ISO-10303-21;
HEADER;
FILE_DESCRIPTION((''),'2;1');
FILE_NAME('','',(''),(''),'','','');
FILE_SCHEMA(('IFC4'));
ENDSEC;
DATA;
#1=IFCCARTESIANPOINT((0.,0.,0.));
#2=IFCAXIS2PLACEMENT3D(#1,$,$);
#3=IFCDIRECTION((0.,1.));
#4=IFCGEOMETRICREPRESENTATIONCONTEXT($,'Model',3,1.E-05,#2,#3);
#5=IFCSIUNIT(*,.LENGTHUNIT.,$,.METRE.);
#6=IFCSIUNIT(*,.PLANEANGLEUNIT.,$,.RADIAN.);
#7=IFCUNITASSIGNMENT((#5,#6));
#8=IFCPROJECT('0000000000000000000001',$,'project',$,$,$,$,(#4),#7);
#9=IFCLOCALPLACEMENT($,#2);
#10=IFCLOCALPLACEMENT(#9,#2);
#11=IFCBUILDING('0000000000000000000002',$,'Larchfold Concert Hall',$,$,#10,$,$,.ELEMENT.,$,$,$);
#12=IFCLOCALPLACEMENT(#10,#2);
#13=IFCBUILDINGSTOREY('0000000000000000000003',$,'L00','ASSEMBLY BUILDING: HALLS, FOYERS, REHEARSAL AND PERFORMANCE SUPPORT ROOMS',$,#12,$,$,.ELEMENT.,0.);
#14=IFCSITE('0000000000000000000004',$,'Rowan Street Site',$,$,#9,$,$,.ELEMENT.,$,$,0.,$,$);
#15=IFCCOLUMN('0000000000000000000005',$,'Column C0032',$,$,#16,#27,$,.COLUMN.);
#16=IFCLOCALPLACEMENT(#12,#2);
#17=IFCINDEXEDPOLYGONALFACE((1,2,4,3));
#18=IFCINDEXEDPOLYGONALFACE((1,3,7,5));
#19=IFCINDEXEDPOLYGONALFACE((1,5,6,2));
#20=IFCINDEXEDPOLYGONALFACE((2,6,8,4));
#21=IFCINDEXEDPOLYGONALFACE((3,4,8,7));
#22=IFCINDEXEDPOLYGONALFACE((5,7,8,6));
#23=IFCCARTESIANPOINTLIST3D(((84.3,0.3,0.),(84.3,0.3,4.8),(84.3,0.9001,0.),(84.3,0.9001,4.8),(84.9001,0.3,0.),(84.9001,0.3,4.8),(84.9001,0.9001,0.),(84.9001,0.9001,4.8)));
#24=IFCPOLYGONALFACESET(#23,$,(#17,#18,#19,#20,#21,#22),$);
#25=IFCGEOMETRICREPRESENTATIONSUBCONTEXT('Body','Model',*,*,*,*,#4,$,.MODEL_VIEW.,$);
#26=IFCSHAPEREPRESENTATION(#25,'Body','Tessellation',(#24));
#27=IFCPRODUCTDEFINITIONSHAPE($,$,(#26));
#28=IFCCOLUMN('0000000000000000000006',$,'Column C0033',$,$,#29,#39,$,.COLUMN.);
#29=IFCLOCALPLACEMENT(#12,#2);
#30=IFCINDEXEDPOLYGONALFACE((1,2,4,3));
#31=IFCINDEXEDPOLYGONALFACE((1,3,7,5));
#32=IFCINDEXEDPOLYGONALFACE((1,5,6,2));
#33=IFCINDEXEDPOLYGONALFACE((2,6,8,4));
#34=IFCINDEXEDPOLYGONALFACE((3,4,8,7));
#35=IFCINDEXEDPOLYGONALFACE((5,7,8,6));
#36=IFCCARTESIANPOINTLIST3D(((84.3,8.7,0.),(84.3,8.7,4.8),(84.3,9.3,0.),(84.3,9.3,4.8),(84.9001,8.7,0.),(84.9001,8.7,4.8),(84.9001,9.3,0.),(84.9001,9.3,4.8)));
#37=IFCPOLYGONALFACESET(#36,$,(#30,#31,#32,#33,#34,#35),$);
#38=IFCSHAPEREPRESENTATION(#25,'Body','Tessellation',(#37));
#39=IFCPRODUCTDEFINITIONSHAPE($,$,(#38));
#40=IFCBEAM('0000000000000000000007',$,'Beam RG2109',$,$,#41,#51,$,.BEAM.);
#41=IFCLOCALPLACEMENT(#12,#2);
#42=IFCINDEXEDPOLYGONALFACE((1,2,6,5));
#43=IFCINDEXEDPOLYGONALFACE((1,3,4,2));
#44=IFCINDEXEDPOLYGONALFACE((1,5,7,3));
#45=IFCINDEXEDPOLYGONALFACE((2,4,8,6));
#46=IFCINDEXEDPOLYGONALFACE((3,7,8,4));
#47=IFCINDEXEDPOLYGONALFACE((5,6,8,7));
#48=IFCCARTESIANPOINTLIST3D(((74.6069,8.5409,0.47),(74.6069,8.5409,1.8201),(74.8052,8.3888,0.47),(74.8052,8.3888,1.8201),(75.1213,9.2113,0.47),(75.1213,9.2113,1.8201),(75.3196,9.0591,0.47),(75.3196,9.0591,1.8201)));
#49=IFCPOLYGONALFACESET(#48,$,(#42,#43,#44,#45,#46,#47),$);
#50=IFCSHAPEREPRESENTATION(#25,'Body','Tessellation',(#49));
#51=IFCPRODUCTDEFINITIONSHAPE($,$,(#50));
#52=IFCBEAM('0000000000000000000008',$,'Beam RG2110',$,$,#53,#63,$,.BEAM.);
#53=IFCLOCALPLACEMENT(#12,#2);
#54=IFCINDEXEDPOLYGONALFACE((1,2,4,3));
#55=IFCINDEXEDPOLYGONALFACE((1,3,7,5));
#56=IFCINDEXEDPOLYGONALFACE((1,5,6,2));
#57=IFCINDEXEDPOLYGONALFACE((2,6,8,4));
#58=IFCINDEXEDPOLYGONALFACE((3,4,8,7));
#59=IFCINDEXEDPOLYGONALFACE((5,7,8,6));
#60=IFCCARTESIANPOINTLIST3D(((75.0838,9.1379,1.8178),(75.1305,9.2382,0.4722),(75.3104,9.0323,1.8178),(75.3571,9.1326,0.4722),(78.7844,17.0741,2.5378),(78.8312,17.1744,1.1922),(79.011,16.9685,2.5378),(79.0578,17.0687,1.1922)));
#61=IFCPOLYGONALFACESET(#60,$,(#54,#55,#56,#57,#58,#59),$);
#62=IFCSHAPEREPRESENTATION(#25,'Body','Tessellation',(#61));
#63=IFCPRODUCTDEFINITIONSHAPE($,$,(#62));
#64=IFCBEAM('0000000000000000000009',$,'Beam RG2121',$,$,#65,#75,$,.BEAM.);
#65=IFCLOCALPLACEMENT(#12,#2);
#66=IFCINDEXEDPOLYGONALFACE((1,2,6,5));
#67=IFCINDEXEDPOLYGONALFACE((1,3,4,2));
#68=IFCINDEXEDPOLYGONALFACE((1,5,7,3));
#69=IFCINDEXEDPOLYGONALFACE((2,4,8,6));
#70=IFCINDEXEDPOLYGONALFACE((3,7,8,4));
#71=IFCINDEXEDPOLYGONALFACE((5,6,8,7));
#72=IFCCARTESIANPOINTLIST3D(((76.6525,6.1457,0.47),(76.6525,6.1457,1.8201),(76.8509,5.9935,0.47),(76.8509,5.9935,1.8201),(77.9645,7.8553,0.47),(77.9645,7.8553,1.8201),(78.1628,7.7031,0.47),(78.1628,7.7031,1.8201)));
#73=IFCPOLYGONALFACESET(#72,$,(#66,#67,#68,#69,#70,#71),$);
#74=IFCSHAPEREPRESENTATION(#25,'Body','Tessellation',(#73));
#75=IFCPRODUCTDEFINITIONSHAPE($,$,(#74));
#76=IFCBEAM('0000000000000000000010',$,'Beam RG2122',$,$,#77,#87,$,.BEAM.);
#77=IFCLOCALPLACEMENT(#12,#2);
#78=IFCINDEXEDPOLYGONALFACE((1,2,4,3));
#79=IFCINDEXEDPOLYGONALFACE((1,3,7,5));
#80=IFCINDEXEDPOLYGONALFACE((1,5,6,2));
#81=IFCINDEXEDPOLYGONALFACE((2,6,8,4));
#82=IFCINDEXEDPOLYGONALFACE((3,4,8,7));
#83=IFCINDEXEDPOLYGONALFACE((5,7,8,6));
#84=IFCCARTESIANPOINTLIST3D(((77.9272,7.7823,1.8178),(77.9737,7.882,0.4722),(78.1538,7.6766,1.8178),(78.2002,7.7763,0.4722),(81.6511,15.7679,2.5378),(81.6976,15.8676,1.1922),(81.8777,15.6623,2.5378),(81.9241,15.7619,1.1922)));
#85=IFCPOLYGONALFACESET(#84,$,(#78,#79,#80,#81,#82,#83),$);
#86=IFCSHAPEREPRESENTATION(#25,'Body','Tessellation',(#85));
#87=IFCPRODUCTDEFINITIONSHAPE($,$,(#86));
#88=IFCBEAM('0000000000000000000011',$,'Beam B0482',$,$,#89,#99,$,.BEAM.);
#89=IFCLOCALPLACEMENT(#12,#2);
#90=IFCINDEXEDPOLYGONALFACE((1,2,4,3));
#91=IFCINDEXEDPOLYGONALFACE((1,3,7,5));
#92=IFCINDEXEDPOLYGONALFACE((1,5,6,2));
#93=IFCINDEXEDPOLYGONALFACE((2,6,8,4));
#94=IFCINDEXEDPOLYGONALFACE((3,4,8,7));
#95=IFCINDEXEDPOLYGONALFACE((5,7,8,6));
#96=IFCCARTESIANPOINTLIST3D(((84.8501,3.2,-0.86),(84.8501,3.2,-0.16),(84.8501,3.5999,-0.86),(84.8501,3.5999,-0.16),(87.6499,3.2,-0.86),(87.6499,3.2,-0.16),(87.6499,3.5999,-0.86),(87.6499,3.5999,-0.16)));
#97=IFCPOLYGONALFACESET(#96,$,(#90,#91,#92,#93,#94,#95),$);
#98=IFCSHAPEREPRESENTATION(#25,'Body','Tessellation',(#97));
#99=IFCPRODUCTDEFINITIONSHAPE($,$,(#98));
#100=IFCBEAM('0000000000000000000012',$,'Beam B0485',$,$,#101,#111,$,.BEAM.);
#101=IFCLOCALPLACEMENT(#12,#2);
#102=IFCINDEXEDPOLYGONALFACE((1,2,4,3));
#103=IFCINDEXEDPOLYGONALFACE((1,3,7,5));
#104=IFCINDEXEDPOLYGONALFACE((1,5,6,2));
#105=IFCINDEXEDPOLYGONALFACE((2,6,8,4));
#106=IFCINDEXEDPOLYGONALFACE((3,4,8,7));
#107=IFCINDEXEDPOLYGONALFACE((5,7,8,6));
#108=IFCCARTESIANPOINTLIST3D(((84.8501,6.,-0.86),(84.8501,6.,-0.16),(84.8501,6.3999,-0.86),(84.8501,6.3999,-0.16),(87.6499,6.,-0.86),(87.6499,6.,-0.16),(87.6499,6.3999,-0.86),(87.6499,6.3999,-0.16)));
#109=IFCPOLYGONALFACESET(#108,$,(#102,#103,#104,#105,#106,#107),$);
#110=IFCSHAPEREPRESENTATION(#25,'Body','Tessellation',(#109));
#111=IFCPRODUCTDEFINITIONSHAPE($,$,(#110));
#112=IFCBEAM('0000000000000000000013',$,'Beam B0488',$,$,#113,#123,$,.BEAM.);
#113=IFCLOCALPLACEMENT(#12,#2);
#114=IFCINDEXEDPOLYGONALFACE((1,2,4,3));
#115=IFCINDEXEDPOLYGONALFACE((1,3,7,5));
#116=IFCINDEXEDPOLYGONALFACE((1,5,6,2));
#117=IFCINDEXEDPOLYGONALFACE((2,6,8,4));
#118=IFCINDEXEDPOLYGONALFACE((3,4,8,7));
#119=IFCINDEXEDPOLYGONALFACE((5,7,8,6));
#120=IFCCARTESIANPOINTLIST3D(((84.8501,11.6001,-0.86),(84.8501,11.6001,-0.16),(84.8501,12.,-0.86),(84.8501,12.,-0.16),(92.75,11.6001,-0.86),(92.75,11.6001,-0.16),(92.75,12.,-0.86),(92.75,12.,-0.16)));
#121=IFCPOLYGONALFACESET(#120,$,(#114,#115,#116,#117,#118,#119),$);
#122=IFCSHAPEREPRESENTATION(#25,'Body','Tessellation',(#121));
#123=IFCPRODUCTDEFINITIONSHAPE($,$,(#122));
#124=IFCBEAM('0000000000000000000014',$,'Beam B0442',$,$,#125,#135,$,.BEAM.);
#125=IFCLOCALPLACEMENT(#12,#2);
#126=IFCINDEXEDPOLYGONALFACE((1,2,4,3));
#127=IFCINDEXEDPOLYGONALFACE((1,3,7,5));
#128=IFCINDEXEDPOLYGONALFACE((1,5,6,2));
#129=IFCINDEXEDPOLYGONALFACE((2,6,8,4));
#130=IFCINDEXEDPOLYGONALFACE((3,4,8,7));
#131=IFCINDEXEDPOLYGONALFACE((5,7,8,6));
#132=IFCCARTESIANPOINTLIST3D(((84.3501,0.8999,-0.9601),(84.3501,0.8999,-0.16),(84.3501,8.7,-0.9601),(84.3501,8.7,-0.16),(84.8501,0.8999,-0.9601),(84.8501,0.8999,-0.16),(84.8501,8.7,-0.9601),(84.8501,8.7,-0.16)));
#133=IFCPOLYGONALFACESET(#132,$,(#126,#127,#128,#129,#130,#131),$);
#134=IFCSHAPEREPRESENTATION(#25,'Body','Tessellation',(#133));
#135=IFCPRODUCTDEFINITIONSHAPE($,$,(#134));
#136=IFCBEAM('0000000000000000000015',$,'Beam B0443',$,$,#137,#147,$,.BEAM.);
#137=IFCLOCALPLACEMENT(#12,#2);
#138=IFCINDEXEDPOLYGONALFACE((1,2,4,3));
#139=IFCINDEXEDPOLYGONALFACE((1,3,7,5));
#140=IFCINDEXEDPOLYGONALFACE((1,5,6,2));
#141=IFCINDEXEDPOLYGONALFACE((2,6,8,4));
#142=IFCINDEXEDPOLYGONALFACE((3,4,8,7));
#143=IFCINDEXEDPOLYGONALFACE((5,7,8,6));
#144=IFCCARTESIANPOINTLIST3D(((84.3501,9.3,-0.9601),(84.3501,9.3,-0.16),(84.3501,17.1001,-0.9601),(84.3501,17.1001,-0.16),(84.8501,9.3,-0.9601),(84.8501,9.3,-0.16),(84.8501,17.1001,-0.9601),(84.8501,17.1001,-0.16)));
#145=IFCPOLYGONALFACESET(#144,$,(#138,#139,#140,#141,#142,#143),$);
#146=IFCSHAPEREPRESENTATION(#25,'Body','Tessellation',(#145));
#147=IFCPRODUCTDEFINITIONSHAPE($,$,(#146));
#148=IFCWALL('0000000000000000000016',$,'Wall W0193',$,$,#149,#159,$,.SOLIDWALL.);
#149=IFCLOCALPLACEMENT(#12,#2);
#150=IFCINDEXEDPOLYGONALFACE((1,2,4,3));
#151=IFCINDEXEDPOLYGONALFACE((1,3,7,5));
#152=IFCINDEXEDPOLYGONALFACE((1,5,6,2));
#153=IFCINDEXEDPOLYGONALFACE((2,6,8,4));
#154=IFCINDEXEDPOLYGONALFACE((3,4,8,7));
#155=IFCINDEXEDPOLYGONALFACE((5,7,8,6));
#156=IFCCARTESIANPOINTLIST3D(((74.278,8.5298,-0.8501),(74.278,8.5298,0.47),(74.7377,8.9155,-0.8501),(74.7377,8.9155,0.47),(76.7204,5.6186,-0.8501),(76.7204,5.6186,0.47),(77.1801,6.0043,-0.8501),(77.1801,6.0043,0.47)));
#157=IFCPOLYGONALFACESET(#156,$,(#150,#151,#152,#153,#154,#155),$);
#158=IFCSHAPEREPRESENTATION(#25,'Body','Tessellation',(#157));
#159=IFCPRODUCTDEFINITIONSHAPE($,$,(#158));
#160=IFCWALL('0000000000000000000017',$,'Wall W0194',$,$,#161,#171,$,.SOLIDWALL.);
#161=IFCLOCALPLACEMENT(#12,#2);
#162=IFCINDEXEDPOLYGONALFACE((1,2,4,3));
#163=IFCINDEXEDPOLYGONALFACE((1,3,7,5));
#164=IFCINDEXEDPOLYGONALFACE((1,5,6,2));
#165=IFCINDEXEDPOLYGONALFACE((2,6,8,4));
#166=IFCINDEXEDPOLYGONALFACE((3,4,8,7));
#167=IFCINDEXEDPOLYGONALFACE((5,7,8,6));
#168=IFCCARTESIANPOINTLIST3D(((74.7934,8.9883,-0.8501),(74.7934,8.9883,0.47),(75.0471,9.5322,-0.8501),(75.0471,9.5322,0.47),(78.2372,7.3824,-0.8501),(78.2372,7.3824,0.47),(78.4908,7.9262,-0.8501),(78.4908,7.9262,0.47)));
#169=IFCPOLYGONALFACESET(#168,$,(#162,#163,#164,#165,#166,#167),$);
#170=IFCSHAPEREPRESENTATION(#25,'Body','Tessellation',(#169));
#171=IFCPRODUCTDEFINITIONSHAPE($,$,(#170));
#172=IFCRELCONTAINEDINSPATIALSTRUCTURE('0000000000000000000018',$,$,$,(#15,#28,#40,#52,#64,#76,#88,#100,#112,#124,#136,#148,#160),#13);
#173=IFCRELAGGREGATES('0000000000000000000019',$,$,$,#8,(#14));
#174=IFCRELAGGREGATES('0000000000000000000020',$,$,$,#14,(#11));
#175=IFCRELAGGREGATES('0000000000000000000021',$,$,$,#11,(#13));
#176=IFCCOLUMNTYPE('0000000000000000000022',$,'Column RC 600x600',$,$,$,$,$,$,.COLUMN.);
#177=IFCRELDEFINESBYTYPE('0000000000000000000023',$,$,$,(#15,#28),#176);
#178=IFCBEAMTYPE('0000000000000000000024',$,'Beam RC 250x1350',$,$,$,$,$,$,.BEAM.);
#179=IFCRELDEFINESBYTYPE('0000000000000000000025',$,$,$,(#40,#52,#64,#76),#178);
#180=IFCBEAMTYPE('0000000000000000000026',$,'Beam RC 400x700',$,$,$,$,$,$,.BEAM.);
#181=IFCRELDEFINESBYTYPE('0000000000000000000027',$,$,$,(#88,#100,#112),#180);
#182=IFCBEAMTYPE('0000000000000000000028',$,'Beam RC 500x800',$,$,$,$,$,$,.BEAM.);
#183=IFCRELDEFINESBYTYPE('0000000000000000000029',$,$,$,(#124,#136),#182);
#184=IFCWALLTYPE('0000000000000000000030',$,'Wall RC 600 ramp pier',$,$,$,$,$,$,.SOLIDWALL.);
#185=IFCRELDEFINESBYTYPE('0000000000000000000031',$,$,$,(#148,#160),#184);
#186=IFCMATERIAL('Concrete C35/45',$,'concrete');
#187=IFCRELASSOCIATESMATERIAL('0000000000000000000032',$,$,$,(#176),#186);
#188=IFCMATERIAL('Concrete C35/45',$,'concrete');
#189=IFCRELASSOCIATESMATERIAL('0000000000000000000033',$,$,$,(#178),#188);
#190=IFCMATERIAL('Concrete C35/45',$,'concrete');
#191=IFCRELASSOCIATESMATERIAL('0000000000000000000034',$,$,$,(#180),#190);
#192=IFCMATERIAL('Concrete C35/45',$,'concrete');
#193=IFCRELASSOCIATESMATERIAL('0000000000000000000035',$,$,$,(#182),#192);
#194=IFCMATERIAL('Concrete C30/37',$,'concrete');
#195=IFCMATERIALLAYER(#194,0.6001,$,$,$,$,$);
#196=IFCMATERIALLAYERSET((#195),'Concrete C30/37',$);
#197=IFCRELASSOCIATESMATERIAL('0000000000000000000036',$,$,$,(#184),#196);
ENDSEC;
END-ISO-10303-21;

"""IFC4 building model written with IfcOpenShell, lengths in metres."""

from ifc_helpers import new_model, si_unit, direction, frame, frame_2d, origin, origin_2d, place, context, subcontext, project, spatial, rectangle, extrude, material, layer, layer_set, material_profile, profile_set, type_object, element, save


model = new_model("IFC4")

# Units and contexts
model_context = context("Model", 3, precision=1e-05, world=origin(), true_north=direction((0.0, 1.0)))
body_context = subcontext(model_context, "Body", "Model", "MODEL_VIEW")
ifc_project = project(units=[si_unit("LENGTHUNIT", "METRE"), si_unit("PLANEANGLEUNIT", "RADIAN")], contexts=[model_context])

# Site, building, storey
site_placement = place(None, origin())
site = spatial("IfcSite", under=ifc_project, at=site_placement, Name="Rowan Street Site", CompositionType="ELEMENT", RefElevation=0.0)
building_placement = place(site_placement, origin())
building = spatial("IfcBuilding", under=site, at=building_placement, Name="Larchfold Concert Hall", CompositionType="ELEMENT")
storey_placement = place(building_placement, origin())
storey = spatial("IfcBuildingStorey", under=building, at=storey_placement, Name="L00", Description="ASSEMBLY BUILDING: HALLS, FOYERS, REHEARSAL AND PERFORMANCE SUPPORT ROOMS", CompositionType="ELEMENT", Elevation=0.0)

# Columns
ifc_material_1 = material(Name="Concrete C35/45", Category="concrete")
ifc_material_profile_1 = material_profile(ifc_material_1, rectangle(XDim=0.6001, YDim=0.6001, at=origin_2d()))
ifc_profile_set_1 = profile_set([ifc_material_profile_1], Name="Concrete C35/45")
column_type = type_object("IfcColumnType", Name="Column RC 600x600", PredefinedType="COLUMN", material=ifc_profile_set_1)
for number, where, z_axis, x_axis, name in (
    (1, (84.6001, 0.6001, 0.0), (0.0, 0.0, 1.0), (1.0, 0.0, 0.0), "Column C0032"),
    (2, (84.6001, 9.0, 0.0), (0.0, 0.0, 1.0), (1.0, 0.0, 0.0), "Column C0033"),
):
    element("IfcColumn", number, at=place(storey_placement, frame(where, z_axis=z_axis, x_axis=x_axis)), inside=storey, type_object=column_type, Name=name, PredefinedType="COLUMN", context=body_context, shape_type="SweptSolid", body=[
        extrude(rectangle(XDim=0.6001, YDim=0.6001, at=origin_2d()), origin(), (0.0, 0.0, 1.0), 4.8),
    ])

# Beams
ifc_material_2 = material(Name="Concrete C35/45", Category="concrete")
ifc_material_profile_2 = material_profile(ifc_material_2, rectangle(XDim=0.25, YDim=1.3501, at=origin_2d()))
ifc_profile_set_2 = profile_set([ifc_material_profile_2], Name="Concrete C35/45")
beam_type_1 = type_object("IfcBeamType", Name="Beam RC 250x1350", PredefinedType="BEAM", material=ifc_profile_set_2)
beam_1_placement = place(storey_placement, frame((74.7061, 8.4648, 1.145), z_axis=(0.608747, 0.793364, 0.0), x_axis=(-0.793364, 0.608747, 0.0)))
element("IfcBeam", 3, at=beam_1_placement, inside=storey, type_object=beam_type_1, Name="Beam RG2109", PredefinedType="BEAM", context=body_context, shape_type="SweptSolid", body=[
    extrude(rectangle(XDim=0.25, YDim=1.3501, at=origin_2d()), origin(), (0.0, 0.0, 1.0), 0.845),
])
beam_2_placement = place(storey_placement, frame((75.2205, 9.1353, 1.145), z_axis=(0.421191, 0.903263, 0.081943), x_axis=(-0.906311, 0.422612, 0.0)))
element("IfcBeam", 4, at=beam_2_placement, inside=storey, type_object=beam_type_1, Name="Beam RG2110", PredefinedType="BEAM", context=body_context, shape_type="SweptSolid", body=[
    extrude(rectangle(XDim=0.25, YDim=1.3501, at=origin_2d()), origin(), (0.0, 0.0, 1.0), 8.7861),
])
beam_3_placement = place(storey_placement, frame((76.7517, 6.0696, 1.145), z_axis=(0.608791, 0.793331, 0.0), x_axis=(-0.793331, 0.608791, 0.0)))
element("IfcBeam", 5, at=beam_3_placement, inside=storey, type_object=beam_type_1, Name="Beam RG2121", PredefinedType="BEAM", context=body_context, shape_type="SweptSolid", body=[
    extrude(rectangle(XDim=0.25, YDim=1.3501, at=origin_2d()), origin(), (0.0, 0.0, 1.0), 2.155),
])
beam_4_placement = place(storey_placement, frame((78.0637, 7.7793, 1.145), z_axis=(0.421227, 0.903292, 0.08144), x_axis=(-0.906302, 0.422631, 0.0)))
element("IfcBeam", 6, at=beam_4_placement, inside=storey, type_object=beam_type_1, Name="Beam RG2122", PredefinedType="BEAM", context=body_context, shape_type="SweptSolid", body=[
    extrude(rectangle(XDim=0.25, YDim=1.3501, at=origin_2d()), origin(), (0.0, 0.0, 1.0), 8.8406),
])
ifc_material_3 = material(Name="Concrete C35/45", Category="concrete")
ifc_material_profile_3 = material_profile(ifc_material_3, rectangle(XDim=0.3999, YDim=0.7, at=origin_2d()))
ifc_profile_set_3 = profile_set([ifc_material_profile_3], Name="Concrete C35/45")
beam_type_2 = type_object("IfcBeamType", Name="Beam RC 400x700", PredefinedType="BEAM", material=ifc_profile_set_3)
for number, where, z_axis, x_axis, name in (
    (7, (84.8501, 3.3999, -0.51), (1.0, 0.0, 0.0), (0.0, 1.0, 0.0), "Beam B0482"),
    (8, (84.8501, 6.2, -0.51), (1.0, 0.0, 0.0), (0.0, 1.0, 0.0), "Beam B0485"),
):
    element("IfcBeam", number, at=place(storey_placement, frame(where, z_axis=z_axis, x_axis=x_axis)), inside=storey, type_object=beam_type_2, Name=name, PredefinedType="BEAM", context=body_context, shape_type="SweptSolid", body=[
        extrude(rectangle(XDim=0.3999, YDim=0.7, at=origin_2d()), origin(), (0.0, 0.0, 1.0), 2.7998),
    ])
beam_5_placement = place(storey_placement, frame((84.8501, 11.8, -0.51), z_axis=(1.0, 0.0, 0.0), x_axis=(0.0, 1.0, 0.0)))
element("IfcBeam", 9, at=beam_5_placement, inside=storey, type_object=beam_type_2, Name="Beam B0488", PredefinedType="BEAM", context=body_context, shape_type="SweptSolid", body=[
    extrude(rectangle(XDim=0.3999, YDim=0.7, at=origin_2d()), origin(), (0.0, 0.0, 1.0), 7.8999),
])
ifc_material_4 = material(Name="Concrete C35/45", Category="concrete")
ifc_material_profile_4 = material_profile(ifc_material_4, rectangle(XDim=0.5, YDim=0.8, at=origin_2d()))
ifc_profile_set_4 = profile_set([ifc_material_profile_4], Name="Concrete C35/45")
beam_type_3 = type_object("IfcBeamType", Name="Beam RC 500x800", PredefinedType="BEAM", material=ifc_profile_set_4)
for number, where, z_axis, x_axis, name in (
    (10, (84.6001, 0.8999, -0.5601), (0.0, 1.0, 0.0), (-1.0, 0.0, 0.0), "Beam B0442"),
    (11, (84.6001, 9.3, -0.5601), (0.0, 1.0, 0.0), (-1.0, 0.0, 0.0), "Beam B0443"),
):
    element("IfcBeam", number, at=place(storey_placement, frame(where, z_axis=z_axis, x_axis=x_axis)), inside=storey, type_object=beam_type_3, Name=name, PredefinedType="BEAM", context=body_context, shape_type="SweptSolid", body=[
        extrude(rectangle(XDim=0.5, YDim=0.8, at=origin_2d()), origin(), (0.0, 0.0, 1.0), 7.8),
    ])

# Walls
ifc_material_5 = material(Name="Concrete C30/37", Category="concrete")
ifc_layer_1 = layer(ifc_material_5, 0.6001)
ifc_layer_set_1 = layer_set([ifc_layer_1], Name="Concrete C30/37")
wall_type_1 = type_object("IfcWallType", Name="Wall RC 600 ramp pier", PredefinedType="SOLIDWALL", material=ifc_layer_set_1)
wall_1_placement = place(storey_placement, frame((76.9502, 5.8115, -0.8501), z_axis=(0.0, 0.0, 1.0), x_axis=(-0.642734, 0.766089, 0.0)))
element("IfcWall", 12, at=wall_1_placement, inside=storey, type_object=wall_type_1, Name="Wall W0193", PredefinedType="SOLIDWALL", context=body_context, shape_type="SweptSolid", body=[
    extrude(rectangle(XDim=3.8, YDim=0.6001, at=frame_2d((1.8999, 0.0))), origin(), (0.0, 0.0, 1.0), 1.3201),
])
wall_2_placement = place(storey_placement, frame((78.364, 7.6543, -0.8501), z_axis=(0.0, 0.0, 1.0), x_axis=(-0.906301, 0.422632, 0.0)))
element("IfcWall", 13, at=wall_2_placement, inside=storey, type_object=wall_type_1, Name="Wall W0194", PredefinedType="SOLIDWALL", context=body_context, shape_type="SweptSolid", body=[
    extrude(rectangle(XDim=3.7998, YDim=0.6001, at=frame_2d((1.8999, 0.0))), origin(), (0.0, 0.0, 1.0), 1.3201),
])

save(model, "model.ifc")
